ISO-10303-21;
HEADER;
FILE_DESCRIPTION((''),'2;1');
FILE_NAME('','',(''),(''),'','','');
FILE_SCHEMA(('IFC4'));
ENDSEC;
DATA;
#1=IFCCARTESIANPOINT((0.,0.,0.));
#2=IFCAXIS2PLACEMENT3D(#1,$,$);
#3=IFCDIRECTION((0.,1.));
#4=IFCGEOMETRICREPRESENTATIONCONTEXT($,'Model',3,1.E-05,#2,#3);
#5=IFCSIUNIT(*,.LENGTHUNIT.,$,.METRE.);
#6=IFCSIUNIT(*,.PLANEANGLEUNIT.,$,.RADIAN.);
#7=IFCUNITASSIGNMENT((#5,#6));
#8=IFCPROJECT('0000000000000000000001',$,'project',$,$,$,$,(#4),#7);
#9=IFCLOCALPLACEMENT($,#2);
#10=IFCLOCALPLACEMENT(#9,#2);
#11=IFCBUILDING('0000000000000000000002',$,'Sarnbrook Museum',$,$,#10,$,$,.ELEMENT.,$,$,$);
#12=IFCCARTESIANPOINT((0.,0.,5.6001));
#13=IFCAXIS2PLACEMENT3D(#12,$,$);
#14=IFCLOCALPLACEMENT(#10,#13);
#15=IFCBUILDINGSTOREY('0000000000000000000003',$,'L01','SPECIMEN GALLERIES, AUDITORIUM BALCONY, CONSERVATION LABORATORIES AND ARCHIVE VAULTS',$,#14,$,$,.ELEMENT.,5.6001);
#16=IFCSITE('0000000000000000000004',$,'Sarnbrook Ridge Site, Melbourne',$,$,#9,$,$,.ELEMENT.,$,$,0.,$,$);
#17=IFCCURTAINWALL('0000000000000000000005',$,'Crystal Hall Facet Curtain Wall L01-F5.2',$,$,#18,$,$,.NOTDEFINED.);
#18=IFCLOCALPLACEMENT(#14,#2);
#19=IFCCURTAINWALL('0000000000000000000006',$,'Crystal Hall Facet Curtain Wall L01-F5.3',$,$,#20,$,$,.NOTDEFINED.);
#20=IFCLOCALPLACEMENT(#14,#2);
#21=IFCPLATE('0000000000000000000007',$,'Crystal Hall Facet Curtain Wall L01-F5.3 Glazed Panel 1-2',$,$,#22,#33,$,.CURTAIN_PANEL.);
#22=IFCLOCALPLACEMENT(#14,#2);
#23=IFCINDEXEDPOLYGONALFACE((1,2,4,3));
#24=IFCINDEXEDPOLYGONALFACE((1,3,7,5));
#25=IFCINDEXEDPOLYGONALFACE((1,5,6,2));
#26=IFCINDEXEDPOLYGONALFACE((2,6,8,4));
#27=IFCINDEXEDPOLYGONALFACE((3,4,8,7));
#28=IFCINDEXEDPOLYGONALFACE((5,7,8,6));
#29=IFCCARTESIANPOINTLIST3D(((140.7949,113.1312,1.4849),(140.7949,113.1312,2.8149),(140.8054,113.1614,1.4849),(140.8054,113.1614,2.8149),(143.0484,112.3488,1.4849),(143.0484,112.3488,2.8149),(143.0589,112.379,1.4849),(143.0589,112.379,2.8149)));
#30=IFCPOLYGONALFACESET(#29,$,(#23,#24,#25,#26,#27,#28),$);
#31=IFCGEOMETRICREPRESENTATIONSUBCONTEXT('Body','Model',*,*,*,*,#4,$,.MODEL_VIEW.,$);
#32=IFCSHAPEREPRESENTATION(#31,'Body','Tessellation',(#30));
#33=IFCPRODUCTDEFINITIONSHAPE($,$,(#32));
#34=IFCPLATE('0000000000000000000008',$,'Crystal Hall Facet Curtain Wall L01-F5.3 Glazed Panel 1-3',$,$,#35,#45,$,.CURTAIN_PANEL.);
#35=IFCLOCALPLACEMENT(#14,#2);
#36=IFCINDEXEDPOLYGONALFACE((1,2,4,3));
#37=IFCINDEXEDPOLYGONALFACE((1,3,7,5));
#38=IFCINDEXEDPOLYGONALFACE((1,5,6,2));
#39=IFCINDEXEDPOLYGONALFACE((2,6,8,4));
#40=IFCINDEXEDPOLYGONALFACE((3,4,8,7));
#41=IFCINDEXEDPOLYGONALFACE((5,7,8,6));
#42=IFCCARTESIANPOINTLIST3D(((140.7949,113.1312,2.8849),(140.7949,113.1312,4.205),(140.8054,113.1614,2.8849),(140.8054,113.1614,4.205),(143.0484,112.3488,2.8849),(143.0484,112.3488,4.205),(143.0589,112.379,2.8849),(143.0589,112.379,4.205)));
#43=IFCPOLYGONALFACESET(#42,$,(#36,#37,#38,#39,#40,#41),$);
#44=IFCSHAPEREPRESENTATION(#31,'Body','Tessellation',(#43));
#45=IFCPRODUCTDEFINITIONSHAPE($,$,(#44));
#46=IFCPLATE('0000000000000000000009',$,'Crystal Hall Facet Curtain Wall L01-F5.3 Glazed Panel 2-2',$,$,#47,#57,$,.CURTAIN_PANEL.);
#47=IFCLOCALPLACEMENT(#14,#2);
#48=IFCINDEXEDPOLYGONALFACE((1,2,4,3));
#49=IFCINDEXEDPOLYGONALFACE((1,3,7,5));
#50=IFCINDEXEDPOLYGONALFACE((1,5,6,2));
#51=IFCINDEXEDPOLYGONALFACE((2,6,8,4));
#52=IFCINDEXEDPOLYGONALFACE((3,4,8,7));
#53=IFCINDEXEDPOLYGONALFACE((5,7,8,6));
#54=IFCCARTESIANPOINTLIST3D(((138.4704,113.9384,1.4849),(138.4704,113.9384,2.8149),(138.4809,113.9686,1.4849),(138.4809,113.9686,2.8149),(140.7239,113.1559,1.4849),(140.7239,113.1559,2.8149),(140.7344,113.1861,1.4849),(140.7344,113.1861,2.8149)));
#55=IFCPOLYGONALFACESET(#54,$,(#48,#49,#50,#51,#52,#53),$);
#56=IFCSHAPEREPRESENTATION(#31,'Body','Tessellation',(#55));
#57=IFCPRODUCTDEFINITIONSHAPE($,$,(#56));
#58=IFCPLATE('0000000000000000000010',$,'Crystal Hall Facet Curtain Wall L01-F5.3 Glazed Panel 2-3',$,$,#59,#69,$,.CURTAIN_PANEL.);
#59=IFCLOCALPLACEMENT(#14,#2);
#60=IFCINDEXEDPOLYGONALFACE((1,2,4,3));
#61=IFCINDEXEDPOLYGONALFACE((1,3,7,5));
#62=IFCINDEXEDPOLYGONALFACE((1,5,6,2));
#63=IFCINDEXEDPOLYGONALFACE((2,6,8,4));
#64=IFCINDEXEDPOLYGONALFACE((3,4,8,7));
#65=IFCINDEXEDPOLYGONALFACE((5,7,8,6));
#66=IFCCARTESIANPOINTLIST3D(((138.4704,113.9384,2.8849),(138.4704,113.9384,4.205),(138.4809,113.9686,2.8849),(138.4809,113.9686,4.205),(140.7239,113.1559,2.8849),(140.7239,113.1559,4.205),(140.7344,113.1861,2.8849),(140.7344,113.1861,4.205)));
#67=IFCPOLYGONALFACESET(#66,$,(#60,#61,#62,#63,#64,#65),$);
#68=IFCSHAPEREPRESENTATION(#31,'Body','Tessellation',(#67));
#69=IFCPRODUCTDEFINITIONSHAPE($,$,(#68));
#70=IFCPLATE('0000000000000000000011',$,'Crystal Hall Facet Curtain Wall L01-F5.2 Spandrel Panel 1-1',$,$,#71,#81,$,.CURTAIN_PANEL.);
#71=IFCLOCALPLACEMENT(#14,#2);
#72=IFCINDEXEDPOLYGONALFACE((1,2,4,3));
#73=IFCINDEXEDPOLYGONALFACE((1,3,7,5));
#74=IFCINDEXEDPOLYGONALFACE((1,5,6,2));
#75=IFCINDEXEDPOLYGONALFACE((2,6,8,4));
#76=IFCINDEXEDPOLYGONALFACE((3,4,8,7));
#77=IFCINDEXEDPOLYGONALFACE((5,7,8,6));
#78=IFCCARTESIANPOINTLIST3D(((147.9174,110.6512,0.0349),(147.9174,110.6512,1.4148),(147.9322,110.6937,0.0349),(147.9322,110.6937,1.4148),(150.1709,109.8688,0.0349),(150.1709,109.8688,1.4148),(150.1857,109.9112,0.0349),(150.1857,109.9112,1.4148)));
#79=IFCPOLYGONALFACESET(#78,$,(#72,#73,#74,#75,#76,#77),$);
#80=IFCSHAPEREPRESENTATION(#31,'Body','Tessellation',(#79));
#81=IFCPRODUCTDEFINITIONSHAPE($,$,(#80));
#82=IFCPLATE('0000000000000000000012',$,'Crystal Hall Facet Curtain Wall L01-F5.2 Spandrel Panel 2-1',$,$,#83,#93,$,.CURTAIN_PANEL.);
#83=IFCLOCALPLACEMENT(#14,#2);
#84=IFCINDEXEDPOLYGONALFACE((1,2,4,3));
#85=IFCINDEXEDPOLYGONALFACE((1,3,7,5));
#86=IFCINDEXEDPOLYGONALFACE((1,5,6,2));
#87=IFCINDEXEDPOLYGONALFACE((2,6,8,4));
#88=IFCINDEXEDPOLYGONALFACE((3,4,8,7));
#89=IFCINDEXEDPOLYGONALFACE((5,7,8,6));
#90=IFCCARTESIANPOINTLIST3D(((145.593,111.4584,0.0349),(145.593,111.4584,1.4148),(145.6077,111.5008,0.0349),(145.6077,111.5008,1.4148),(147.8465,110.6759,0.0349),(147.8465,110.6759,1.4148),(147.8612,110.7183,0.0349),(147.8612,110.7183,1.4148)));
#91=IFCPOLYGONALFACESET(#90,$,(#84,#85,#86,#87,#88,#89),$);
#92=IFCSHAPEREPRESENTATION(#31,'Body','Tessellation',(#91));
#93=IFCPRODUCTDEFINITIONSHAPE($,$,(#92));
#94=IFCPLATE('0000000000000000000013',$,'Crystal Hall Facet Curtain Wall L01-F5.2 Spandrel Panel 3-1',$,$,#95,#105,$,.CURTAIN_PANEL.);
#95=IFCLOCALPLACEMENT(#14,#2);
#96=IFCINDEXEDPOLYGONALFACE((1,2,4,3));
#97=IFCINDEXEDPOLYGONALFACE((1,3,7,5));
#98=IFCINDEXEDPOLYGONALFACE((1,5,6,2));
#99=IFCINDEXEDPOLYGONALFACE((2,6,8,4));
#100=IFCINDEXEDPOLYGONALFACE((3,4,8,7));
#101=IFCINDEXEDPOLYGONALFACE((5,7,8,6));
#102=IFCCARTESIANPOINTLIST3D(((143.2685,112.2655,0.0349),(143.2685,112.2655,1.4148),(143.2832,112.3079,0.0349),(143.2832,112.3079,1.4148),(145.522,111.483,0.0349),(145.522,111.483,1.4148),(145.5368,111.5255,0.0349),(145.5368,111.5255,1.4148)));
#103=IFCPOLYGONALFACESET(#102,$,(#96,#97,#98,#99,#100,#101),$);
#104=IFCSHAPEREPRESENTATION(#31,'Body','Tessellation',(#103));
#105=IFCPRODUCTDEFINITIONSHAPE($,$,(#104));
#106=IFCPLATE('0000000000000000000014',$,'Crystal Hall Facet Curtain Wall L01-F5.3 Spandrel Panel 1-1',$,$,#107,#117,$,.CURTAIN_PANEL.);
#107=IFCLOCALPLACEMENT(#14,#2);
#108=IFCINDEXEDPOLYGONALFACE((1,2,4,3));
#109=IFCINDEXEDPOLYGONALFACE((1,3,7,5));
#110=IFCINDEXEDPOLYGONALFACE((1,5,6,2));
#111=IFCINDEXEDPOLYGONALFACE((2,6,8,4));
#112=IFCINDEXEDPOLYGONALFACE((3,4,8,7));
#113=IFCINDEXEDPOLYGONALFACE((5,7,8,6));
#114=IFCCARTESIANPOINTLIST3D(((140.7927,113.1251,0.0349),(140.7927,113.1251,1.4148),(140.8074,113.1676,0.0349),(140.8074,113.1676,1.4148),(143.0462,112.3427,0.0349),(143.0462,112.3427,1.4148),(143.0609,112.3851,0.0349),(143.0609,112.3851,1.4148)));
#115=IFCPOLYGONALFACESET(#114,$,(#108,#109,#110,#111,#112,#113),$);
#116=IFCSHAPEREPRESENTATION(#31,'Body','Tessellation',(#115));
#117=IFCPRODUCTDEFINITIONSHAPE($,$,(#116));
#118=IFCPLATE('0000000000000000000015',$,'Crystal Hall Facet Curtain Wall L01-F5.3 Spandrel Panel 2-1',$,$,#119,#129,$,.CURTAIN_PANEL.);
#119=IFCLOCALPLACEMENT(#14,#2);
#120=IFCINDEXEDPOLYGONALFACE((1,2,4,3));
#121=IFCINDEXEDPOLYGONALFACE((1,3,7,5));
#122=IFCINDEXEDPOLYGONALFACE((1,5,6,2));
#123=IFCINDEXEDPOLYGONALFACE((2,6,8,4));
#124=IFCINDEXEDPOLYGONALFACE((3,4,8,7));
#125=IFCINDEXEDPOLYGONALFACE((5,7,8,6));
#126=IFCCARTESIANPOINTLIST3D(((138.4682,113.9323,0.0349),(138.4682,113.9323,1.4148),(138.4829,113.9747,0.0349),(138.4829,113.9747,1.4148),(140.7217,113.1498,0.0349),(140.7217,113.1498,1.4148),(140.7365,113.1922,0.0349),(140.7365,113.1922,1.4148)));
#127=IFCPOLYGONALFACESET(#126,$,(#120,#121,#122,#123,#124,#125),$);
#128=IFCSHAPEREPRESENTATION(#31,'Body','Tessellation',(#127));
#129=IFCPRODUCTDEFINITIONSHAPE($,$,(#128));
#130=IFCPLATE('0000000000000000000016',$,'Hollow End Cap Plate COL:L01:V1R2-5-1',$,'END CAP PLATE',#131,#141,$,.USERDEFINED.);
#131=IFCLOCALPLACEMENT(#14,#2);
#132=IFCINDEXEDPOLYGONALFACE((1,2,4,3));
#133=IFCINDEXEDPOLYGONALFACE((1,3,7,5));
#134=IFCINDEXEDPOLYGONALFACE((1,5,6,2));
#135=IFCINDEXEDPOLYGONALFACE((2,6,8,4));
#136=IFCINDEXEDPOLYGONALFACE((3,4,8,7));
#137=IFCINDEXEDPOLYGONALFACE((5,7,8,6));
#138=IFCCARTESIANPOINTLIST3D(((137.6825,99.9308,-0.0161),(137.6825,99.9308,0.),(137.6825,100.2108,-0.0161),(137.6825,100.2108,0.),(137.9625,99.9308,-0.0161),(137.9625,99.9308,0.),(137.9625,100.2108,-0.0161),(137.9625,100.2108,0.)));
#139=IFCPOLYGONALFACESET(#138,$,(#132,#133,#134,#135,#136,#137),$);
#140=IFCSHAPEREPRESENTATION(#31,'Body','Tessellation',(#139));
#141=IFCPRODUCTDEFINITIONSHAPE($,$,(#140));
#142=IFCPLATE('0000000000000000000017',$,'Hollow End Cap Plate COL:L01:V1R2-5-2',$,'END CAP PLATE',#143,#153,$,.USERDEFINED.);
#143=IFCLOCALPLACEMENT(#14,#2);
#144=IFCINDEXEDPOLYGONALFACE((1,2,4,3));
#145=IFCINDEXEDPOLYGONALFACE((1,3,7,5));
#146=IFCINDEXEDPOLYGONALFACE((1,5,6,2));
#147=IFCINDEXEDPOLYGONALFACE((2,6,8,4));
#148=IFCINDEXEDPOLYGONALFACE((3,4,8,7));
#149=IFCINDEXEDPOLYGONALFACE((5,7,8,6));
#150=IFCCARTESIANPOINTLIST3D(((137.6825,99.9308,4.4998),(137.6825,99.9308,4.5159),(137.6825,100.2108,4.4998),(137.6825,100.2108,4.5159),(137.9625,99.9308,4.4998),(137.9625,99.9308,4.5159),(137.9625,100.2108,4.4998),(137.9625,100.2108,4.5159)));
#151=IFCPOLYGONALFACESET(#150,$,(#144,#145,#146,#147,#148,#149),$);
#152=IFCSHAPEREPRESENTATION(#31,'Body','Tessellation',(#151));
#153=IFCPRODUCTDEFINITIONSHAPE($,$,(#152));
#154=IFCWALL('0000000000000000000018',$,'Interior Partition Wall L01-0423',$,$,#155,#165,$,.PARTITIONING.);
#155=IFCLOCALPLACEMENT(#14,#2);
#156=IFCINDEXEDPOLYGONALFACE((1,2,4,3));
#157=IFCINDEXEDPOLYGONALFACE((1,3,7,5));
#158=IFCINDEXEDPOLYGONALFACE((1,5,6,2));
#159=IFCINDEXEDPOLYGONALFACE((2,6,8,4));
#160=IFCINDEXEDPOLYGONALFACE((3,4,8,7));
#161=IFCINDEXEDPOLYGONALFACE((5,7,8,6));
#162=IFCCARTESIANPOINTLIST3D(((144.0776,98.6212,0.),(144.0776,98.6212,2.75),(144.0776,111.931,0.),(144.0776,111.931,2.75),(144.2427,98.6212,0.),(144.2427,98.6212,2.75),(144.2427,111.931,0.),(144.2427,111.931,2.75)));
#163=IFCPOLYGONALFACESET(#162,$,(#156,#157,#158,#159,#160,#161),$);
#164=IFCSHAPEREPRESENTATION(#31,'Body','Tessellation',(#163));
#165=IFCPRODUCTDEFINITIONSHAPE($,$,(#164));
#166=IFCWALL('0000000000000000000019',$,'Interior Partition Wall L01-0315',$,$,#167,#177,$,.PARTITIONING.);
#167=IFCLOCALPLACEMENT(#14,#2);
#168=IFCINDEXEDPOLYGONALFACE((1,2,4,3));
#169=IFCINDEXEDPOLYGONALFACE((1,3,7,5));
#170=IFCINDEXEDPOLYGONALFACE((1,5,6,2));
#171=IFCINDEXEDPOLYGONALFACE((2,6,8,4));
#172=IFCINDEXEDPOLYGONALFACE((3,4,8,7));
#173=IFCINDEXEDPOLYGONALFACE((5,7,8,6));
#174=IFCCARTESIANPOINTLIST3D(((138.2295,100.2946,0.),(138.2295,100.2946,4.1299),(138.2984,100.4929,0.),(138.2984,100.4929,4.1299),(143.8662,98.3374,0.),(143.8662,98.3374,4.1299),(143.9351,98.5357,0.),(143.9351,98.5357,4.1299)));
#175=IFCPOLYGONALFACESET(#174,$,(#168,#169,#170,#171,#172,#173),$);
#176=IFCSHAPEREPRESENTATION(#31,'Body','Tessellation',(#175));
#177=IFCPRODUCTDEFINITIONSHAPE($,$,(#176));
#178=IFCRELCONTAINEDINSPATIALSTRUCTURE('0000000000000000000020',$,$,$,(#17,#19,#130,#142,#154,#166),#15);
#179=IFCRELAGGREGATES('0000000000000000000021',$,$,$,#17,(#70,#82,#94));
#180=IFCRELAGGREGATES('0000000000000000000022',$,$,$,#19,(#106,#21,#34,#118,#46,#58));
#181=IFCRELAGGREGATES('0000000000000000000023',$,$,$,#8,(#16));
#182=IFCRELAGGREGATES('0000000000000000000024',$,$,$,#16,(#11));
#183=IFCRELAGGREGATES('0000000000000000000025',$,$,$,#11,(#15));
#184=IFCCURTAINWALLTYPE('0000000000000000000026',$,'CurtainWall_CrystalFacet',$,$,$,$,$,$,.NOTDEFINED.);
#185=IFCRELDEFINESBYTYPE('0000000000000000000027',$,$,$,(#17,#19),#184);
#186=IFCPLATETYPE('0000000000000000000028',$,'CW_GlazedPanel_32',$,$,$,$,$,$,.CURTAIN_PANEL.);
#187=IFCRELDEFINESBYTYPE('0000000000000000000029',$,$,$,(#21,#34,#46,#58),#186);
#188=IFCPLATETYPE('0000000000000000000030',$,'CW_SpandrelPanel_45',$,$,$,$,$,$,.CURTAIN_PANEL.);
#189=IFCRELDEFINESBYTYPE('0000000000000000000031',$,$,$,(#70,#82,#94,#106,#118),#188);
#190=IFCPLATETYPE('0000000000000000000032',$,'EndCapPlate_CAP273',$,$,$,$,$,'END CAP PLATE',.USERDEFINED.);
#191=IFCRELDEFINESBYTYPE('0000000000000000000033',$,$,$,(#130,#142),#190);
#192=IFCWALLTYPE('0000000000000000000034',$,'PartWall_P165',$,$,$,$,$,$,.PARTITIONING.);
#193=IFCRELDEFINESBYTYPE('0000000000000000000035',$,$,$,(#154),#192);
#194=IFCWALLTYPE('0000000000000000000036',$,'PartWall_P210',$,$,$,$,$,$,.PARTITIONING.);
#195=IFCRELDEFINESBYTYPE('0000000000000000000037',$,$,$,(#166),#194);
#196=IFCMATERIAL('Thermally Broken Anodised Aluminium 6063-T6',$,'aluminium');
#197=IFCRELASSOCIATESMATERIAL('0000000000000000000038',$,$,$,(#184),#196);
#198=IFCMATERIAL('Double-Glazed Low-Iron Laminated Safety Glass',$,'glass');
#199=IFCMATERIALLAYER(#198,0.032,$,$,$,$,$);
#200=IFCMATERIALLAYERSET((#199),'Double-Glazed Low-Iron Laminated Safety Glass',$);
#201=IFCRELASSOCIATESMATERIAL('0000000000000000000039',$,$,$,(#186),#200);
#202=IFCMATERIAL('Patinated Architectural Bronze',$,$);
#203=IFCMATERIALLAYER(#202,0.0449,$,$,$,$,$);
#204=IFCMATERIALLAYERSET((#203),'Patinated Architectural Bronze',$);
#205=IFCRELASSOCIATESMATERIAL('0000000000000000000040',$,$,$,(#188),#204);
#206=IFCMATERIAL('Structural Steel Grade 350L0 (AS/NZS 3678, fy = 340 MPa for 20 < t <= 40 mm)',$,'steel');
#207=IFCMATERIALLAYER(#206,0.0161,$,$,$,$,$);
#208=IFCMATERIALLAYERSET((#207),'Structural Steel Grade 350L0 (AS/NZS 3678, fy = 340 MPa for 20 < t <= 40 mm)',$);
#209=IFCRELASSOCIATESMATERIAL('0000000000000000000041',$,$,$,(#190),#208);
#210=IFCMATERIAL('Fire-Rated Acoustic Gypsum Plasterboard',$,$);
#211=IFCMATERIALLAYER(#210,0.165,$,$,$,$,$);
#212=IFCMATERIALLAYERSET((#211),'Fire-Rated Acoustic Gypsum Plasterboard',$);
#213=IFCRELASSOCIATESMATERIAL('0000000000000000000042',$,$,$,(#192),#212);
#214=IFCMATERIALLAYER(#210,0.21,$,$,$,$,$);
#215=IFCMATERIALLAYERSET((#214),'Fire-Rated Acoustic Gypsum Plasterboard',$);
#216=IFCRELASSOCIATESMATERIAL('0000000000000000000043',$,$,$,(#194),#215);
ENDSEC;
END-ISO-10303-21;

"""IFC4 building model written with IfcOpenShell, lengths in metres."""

from ifc_helpers import new_model, si_unit, direction, frame, frame_2d, origin, origin_2d, place, context, subcontext, project, spatial, rectangle, extrude, material, layer, layer_set, type_object, element, aggregate, save


model = new_model("IFC4")

# Units and contexts
model_context = context("Model", 3, precision=1e-05, world=origin(), true_north=direction((0.0, 1.0)))
body_context = subcontext(model_context, "Body", "Model", "MODEL_VIEW")
ifc_project = project(units=[si_unit("LENGTHUNIT", "METRE"), si_unit("PLANEANGLEUNIT", "RADIAN")], contexts=[model_context])

# Site, building, storey
site_placement = place(None, origin())
site = spatial("IfcSite", under=ifc_project, at=site_placement, Name="Sarnbrook Ridge Site, Melbourne", CompositionType="ELEMENT", RefElevation=0.0)
building_placement = place(site_placement, origin())
building = spatial("IfcBuilding", under=site, at=building_placement, Name="Sarnbrook Museum", CompositionType="ELEMENT")
storey_placement = place(building_placement, frame((0.0, 0.0, 5.6001)))
storey = spatial("IfcBuildingStorey", under=building, at=storey_placement, Name="L01", Description="SPECIMEN GALLERIES, AUDITORIUM BALCONY, CONSERVATION LABORATORIES AND ARCHIVE VAULTS", CompositionType="ELEMENT", Elevation=5.6001)

# Curtain walls
ifc_material_1 = material(Name="Thermally Broken Anodised Aluminium 6063-T6", Category="aluminium")
curtain_wall_type = type_object("IfcCurtainWallType", Name="CurtainWall_CrystalFacet", PredefinedType="NOTDEFINED", material=ifc_material_1)
curtain_wall_1_placement = place(storey_placement, origin())
curtain_wall_1 = element("IfcCurtainWall", 1, at=curtain_wall_1_placement, inside=storey, type_object=curtain_wall_type, Name="Crystal Hall Facet Curtain Wall L01-F5.2", PredefinedType="NOTDEFINED")
curtain_wall_2_placement = place(storey_placement, origin())
curtain_wall_2 = element("IfcCurtainWall", 2, at=curtain_wall_2_placement, inside=storey, type_object=curtain_wall_type, Name="Crystal Hall Facet Curtain Wall L01-F5.3", PredefinedType="NOTDEFINED")

# Plates
ifc_material_2 = material(Name="Double-Glazed Low-Iron Laminated Safety Glass", Category="glass")
ifc_layer_1 = layer(ifc_material_2, 0.032)
ifc_layer_set_1 = layer_set([ifc_layer_1], Name="Double-Glazed Low-Iron Laminated Safety Glass")
plate_type_1 = type_object("IfcPlateType", Name="CW_GlazedPanel_32", PredefinedType="CURTAIN_PANEL", material=ifc_layer_set_1)
plate_1_placement = place(storey_placement, frame((141.9216, 112.74, 2.1499), z_axis=(0.328012, 0.944674, 0.0), x_axis=(-0.944674, 0.328012, 0.0)))
plate_1 = element("IfcPlate", 3, at=plate_1_placement, type_object=plate_type_1, Name="Crystal Hall Facet Curtain Wall L01-F5.3 Glazed Panel 1-2", PredefinedType="CURTAIN_PANEL", context=body_context, shape_type="SweptSolid", body=[
    extrude(rectangle(XDim=2.3855, YDim=1.3301, at=origin_2d()), origin(), (0.0, 0.0, 1.0), 0.032),
])
plate_2_placement = place(storey_placement, frame((141.9216, 112.74, 3.5449), z_axis=(0.328012, 0.944674, 0.0), x_axis=(-0.944674, 0.328012, 0.0)))
plate_2 = element("IfcPlate", 4, at=plate_2_placement, type_object=plate_type_1, Name="Crystal Hall Facet Curtain Wall L01-F5.3 Glazed Panel 1-3", PredefinedType="CURTAIN_PANEL", context=body_context, shape_type="SweptSolid", body=[
    extrude(rectangle(XDim=2.3855, YDim=1.3201, at=origin_2d()), origin(), (0.0, 0.0, 1.0), 0.032),
])
plate_3_placement = place(storey_placement, frame((139.5972, 113.5471, 2.1499), z_axis=(0.328012, 0.944674, 0.0), x_axis=(-0.944674, 0.328012, 0.0)))
plate_3 = element("IfcPlate", 5, at=plate_3_placement, type_object=plate_type_1, Name="Crystal Hall Facet Curtain Wall L01-F5.3 Glazed Panel 2-2", PredefinedType="CURTAIN_PANEL", context=body_context, shape_type="SweptSolid", body=[
    extrude(rectangle(XDim=2.3855, YDim=1.3301, at=origin_2d()), origin(), (0.0, 0.0, 1.0), 0.032),
])
plate_4_placement = place(storey_placement, frame((139.5972, 113.5471, 3.5449), z_axis=(0.328012, 0.944674, 0.0), x_axis=(-0.944674, 0.328012, 0.0)))
plate_4 = element("IfcPlate", 6, at=plate_4_placement, type_object=plate_type_1, Name="Crystal Hall Facet Curtain Wall L01-F5.3 Glazed Panel 2-3", PredefinedType="CURTAIN_PANEL", context=body_context, shape_type="SweptSolid", body=[
    extrude(rectangle(XDim=2.3855, YDim=1.3201, at=origin_2d()), origin(), (0.0, 0.0, 1.0), 0.032),
])
ifc_material_3 = material(Name="Patinated Architectural Bronze")
ifc_layer_2 = layer(ifc_material_3, 0.0449)
ifc_layer_set_2 = layer_set([ifc_layer_2], Name="Patinated Architectural Bronze")
plate_type_2 = type_object("IfcPlateType", Name="CW_SpandrelPanel_45", PredefinedType="CURTAIN_PANEL", material=ifc_layer_set_2)
plate_5_placement = place(storey_placement, frame((149.0442, 110.26, 0.7249), z_axis=(0.328012, 0.944674, 0.0), x_axis=(-0.944674, 0.328012, 0.0)))
plate_5 = element("IfcPlate", 7, at=plate_5_placement, type_object=plate_type_2, Name="Crystal Hall Facet Curtain Wall L01-F5.2 Spandrel Panel 1-1", PredefinedType="CURTAIN_PANEL", context=body_context, shape_type="SweptSolid", body=[
    extrude(rectangle(XDim=2.3855, YDim=1.3799, at=origin_2d()), origin(), (0.0, 0.0, 1.0), 0.0449),
])
plate_6_placement = place(storey_placement, frame((146.7197, 111.0671, 0.7249), z_axis=(0.328012, 0.944674, 0.0), x_axis=(-0.944674, 0.328012, 0.0)))
plate_6 = element("IfcPlate", 8, at=plate_6_placement, type_object=plate_type_2, Name="Crystal Hall Facet Curtain Wall L01-F5.2 Spandrel Panel 2-1", PredefinedType="CURTAIN_PANEL", context=body_context, shape_type="SweptSolid", body=[
    extrude(rectangle(XDim=2.3855, YDim=1.3799, at=origin_2d()), origin(), (0.0, 0.0, 1.0), 0.0449),
])
plate_7_placement = place(storey_placement, frame((144.3953, 111.8743, 0.7249), z_axis=(0.328012, 0.944674, 0.0), x_axis=(-0.944674, 0.328012, 0.0)))
plate_7 = element("IfcPlate", 9, at=plate_7_placement, type_object=plate_type_2, Name="Crystal Hall Facet Curtain Wall L01-F5.2 Spandrel Panel 3-1", PredefinedType="CURTAIN_PANEL", context=body_context, shape_type="SweptSolid", body=[
    extrude(rectangle(XDim=2.3855, YDim=1.3799, at=origin_2d()), origin(), (0.0, 0.0, 1.0), 0.0449),
])
aggregate(curtain_wall_1, [plate_5, plate_6, plate_7])
plate_8_placement = place(storey_placement, frame((141.9194, 112.7339, 0.7249), z_axis=(0.328012, 0.944674, 0.0), x_axis=(-0.944674, 0.328012, 0.0)))
plate_8 = element("IfcPlate", 10, at=plate_8_placement, type_object=plate_type_2, Name="Crystal Hall Facet Curtain Wall L01-F5.3 Spandrel Panel 1-1", PredefinedType="CURTAIN_PANEL", context=body_context, shape_type="SweptSolid", body=[
    extrude(rectangle(XDim=2.3855, YDim=1.3799, at=origin_2d()), origin(), (0.0, 0.0, 1.0), 0.0449),
])
plate_9_placement = place(storey_placement, frame((139.595, 113.541, 0.7249), z_axis=(0.328012, 0.944674, 0.0), x_axis=(-0.944674, 0.328012, 0.0)))
plate_9 = element("IfcPlate", 11, at=plate_9_placement, type_object=plate_type_2, Name="Crystal Hall Facet Curtain Wall L01-F5.3 Spandrel Panel 2-1", PredefinedType="CURTAIN_PANEL", context=body_context, shape_type="SweptSolid", body=[
    extrude(rectangle(XDim=2.3855, YDim=1.3799, at=origin_2d()), origin(), (0.0, 0.0, 1.0), 0.0449),
])
aggregate(curtain_wall_2, [plate_8, plate_1, plate_2, plate_9, plate_3, plate_4])

# Plates
ifc_material_4 = material(Name="Structural Steel Grade 350L0 (AS/NZS 3678, fy = 340 MPa for 20 < t <= 40 mm)", Category="steel")
ifc_layer_3 = layer(ifc_material_4, 0.0161)
ifc_layer_set_3 = layer_set([ifc_layer_3], Name="Structural Steel Grade 350L0 (AS/NZS 3678, fy = 340 MPa for 20 < t <= 40 mm)")
plate_type_3 = type_object("IfcPlateType", Name="EndCapPlate_CAP273", ElementType="END CAP PLATE", PredefinedType="USERDEFINED", material=ifc_layer_set_3)
for number, where, z_axis, x_axis, name in (
    (12, (137.8225, 100.0708, -0.0161), (0.0, 0.0, 1.0), (1.0, 0.0, 0.0), "Hollow End Cap Plate COL:L01:V1R2-5-1"),
    (13, (137.8225, 100.0708, 4.4998), (0.0, 0.0, 1.0), (1.0, 0.0, 0.0), "Hollow End Cap Plate COL:L01:V1R2-5-2"),
):
    element("IfcPlate", number, at=place(storey_placement, frame(where, z_axis=z_axis, x_axis=x_axis)), inside=storey, type_object=plate_type_3, Name=name, ObjectType="END CAP PLATE", PredefinedType="USERDEFINED", context=body_context, shape_type="SweptSolid", body=[
        extrude(rectangle(XDim=0.28, YDim=0.28, at=origin_2d()), origin(), (0.0, 0.0, 1.0), 0.0161),
    ])

# Walls
ifc_material_5 = material(Name="Fire-Rated Acoustic Gypsum Plasterboard")
ifc_layer_4 = layer(ifc_material_5, 0.165)
ifc_layer_set_4 = layer_set([ifc_layer_4], Name="Fire-Rated Acoustic Gypsum Plasterboard")
wall_type_1 = type_object("IfcWallType", Name="PartWall_P165", PredefinedType="PARTITIONING", material=ifc_layer_set_4)
wall_1_placement = place(storey_placement, frame((144.1602, 111.9309, 0.0), z_axis=(0.0, 0.0, 1.0), x_axis=(0.0, -1.0, 0.0)))
element("IfcWall", 14, at=wall_1_placement, inside=storey, type_object=wall_type_1, Name="Interior Partition Wall L01-0423", PredefinedType="PARTITIONING", context=body_context, shape_type="SweptSolid", body=[
    extrude(rectangle(XDim=13.3098, YDim=0.165, at=frame_2d((6.6548, 0.0))), origin(), (0.0, 0.0, 1.0), 2.75),
])
ifc_layer_5 = layer(ifc_material_5, 0.21)
ifc_layer_set_5 = layer_set([ifc_layer_5], Name="Fire-Rated Acoustic Gypsum Plasterboard")
wall_type_2 = type_object("IfcWallType", Name="PartWall_P210", PredefinedType="PARTITIONING", material=ifc_layer_set_5)
wall_2_placement = place(storey_placement, frame((143.9006, 98.4365, 0.0), z_axis=(0.0, 0.0, 1.0), x_axis=(-0.944669, 0.328024, 0.0)))
element("IfcWall", 15, at=wall_2_placement, inside=storey, type_object=wall_type_2, Name="Interior Partition Wall L01-0315", PredefinedType="PARTITIONING", context=body_context, shape_type="SweptSolid", body=[
    extrude(rectangle(XDim=5.9668, YDim=0.21, at=frame_2d((2.9834, 0.0))), origin(), (0.0, 0.0, 1.0), 4.1299),
])

save(model, "model.ifc")
